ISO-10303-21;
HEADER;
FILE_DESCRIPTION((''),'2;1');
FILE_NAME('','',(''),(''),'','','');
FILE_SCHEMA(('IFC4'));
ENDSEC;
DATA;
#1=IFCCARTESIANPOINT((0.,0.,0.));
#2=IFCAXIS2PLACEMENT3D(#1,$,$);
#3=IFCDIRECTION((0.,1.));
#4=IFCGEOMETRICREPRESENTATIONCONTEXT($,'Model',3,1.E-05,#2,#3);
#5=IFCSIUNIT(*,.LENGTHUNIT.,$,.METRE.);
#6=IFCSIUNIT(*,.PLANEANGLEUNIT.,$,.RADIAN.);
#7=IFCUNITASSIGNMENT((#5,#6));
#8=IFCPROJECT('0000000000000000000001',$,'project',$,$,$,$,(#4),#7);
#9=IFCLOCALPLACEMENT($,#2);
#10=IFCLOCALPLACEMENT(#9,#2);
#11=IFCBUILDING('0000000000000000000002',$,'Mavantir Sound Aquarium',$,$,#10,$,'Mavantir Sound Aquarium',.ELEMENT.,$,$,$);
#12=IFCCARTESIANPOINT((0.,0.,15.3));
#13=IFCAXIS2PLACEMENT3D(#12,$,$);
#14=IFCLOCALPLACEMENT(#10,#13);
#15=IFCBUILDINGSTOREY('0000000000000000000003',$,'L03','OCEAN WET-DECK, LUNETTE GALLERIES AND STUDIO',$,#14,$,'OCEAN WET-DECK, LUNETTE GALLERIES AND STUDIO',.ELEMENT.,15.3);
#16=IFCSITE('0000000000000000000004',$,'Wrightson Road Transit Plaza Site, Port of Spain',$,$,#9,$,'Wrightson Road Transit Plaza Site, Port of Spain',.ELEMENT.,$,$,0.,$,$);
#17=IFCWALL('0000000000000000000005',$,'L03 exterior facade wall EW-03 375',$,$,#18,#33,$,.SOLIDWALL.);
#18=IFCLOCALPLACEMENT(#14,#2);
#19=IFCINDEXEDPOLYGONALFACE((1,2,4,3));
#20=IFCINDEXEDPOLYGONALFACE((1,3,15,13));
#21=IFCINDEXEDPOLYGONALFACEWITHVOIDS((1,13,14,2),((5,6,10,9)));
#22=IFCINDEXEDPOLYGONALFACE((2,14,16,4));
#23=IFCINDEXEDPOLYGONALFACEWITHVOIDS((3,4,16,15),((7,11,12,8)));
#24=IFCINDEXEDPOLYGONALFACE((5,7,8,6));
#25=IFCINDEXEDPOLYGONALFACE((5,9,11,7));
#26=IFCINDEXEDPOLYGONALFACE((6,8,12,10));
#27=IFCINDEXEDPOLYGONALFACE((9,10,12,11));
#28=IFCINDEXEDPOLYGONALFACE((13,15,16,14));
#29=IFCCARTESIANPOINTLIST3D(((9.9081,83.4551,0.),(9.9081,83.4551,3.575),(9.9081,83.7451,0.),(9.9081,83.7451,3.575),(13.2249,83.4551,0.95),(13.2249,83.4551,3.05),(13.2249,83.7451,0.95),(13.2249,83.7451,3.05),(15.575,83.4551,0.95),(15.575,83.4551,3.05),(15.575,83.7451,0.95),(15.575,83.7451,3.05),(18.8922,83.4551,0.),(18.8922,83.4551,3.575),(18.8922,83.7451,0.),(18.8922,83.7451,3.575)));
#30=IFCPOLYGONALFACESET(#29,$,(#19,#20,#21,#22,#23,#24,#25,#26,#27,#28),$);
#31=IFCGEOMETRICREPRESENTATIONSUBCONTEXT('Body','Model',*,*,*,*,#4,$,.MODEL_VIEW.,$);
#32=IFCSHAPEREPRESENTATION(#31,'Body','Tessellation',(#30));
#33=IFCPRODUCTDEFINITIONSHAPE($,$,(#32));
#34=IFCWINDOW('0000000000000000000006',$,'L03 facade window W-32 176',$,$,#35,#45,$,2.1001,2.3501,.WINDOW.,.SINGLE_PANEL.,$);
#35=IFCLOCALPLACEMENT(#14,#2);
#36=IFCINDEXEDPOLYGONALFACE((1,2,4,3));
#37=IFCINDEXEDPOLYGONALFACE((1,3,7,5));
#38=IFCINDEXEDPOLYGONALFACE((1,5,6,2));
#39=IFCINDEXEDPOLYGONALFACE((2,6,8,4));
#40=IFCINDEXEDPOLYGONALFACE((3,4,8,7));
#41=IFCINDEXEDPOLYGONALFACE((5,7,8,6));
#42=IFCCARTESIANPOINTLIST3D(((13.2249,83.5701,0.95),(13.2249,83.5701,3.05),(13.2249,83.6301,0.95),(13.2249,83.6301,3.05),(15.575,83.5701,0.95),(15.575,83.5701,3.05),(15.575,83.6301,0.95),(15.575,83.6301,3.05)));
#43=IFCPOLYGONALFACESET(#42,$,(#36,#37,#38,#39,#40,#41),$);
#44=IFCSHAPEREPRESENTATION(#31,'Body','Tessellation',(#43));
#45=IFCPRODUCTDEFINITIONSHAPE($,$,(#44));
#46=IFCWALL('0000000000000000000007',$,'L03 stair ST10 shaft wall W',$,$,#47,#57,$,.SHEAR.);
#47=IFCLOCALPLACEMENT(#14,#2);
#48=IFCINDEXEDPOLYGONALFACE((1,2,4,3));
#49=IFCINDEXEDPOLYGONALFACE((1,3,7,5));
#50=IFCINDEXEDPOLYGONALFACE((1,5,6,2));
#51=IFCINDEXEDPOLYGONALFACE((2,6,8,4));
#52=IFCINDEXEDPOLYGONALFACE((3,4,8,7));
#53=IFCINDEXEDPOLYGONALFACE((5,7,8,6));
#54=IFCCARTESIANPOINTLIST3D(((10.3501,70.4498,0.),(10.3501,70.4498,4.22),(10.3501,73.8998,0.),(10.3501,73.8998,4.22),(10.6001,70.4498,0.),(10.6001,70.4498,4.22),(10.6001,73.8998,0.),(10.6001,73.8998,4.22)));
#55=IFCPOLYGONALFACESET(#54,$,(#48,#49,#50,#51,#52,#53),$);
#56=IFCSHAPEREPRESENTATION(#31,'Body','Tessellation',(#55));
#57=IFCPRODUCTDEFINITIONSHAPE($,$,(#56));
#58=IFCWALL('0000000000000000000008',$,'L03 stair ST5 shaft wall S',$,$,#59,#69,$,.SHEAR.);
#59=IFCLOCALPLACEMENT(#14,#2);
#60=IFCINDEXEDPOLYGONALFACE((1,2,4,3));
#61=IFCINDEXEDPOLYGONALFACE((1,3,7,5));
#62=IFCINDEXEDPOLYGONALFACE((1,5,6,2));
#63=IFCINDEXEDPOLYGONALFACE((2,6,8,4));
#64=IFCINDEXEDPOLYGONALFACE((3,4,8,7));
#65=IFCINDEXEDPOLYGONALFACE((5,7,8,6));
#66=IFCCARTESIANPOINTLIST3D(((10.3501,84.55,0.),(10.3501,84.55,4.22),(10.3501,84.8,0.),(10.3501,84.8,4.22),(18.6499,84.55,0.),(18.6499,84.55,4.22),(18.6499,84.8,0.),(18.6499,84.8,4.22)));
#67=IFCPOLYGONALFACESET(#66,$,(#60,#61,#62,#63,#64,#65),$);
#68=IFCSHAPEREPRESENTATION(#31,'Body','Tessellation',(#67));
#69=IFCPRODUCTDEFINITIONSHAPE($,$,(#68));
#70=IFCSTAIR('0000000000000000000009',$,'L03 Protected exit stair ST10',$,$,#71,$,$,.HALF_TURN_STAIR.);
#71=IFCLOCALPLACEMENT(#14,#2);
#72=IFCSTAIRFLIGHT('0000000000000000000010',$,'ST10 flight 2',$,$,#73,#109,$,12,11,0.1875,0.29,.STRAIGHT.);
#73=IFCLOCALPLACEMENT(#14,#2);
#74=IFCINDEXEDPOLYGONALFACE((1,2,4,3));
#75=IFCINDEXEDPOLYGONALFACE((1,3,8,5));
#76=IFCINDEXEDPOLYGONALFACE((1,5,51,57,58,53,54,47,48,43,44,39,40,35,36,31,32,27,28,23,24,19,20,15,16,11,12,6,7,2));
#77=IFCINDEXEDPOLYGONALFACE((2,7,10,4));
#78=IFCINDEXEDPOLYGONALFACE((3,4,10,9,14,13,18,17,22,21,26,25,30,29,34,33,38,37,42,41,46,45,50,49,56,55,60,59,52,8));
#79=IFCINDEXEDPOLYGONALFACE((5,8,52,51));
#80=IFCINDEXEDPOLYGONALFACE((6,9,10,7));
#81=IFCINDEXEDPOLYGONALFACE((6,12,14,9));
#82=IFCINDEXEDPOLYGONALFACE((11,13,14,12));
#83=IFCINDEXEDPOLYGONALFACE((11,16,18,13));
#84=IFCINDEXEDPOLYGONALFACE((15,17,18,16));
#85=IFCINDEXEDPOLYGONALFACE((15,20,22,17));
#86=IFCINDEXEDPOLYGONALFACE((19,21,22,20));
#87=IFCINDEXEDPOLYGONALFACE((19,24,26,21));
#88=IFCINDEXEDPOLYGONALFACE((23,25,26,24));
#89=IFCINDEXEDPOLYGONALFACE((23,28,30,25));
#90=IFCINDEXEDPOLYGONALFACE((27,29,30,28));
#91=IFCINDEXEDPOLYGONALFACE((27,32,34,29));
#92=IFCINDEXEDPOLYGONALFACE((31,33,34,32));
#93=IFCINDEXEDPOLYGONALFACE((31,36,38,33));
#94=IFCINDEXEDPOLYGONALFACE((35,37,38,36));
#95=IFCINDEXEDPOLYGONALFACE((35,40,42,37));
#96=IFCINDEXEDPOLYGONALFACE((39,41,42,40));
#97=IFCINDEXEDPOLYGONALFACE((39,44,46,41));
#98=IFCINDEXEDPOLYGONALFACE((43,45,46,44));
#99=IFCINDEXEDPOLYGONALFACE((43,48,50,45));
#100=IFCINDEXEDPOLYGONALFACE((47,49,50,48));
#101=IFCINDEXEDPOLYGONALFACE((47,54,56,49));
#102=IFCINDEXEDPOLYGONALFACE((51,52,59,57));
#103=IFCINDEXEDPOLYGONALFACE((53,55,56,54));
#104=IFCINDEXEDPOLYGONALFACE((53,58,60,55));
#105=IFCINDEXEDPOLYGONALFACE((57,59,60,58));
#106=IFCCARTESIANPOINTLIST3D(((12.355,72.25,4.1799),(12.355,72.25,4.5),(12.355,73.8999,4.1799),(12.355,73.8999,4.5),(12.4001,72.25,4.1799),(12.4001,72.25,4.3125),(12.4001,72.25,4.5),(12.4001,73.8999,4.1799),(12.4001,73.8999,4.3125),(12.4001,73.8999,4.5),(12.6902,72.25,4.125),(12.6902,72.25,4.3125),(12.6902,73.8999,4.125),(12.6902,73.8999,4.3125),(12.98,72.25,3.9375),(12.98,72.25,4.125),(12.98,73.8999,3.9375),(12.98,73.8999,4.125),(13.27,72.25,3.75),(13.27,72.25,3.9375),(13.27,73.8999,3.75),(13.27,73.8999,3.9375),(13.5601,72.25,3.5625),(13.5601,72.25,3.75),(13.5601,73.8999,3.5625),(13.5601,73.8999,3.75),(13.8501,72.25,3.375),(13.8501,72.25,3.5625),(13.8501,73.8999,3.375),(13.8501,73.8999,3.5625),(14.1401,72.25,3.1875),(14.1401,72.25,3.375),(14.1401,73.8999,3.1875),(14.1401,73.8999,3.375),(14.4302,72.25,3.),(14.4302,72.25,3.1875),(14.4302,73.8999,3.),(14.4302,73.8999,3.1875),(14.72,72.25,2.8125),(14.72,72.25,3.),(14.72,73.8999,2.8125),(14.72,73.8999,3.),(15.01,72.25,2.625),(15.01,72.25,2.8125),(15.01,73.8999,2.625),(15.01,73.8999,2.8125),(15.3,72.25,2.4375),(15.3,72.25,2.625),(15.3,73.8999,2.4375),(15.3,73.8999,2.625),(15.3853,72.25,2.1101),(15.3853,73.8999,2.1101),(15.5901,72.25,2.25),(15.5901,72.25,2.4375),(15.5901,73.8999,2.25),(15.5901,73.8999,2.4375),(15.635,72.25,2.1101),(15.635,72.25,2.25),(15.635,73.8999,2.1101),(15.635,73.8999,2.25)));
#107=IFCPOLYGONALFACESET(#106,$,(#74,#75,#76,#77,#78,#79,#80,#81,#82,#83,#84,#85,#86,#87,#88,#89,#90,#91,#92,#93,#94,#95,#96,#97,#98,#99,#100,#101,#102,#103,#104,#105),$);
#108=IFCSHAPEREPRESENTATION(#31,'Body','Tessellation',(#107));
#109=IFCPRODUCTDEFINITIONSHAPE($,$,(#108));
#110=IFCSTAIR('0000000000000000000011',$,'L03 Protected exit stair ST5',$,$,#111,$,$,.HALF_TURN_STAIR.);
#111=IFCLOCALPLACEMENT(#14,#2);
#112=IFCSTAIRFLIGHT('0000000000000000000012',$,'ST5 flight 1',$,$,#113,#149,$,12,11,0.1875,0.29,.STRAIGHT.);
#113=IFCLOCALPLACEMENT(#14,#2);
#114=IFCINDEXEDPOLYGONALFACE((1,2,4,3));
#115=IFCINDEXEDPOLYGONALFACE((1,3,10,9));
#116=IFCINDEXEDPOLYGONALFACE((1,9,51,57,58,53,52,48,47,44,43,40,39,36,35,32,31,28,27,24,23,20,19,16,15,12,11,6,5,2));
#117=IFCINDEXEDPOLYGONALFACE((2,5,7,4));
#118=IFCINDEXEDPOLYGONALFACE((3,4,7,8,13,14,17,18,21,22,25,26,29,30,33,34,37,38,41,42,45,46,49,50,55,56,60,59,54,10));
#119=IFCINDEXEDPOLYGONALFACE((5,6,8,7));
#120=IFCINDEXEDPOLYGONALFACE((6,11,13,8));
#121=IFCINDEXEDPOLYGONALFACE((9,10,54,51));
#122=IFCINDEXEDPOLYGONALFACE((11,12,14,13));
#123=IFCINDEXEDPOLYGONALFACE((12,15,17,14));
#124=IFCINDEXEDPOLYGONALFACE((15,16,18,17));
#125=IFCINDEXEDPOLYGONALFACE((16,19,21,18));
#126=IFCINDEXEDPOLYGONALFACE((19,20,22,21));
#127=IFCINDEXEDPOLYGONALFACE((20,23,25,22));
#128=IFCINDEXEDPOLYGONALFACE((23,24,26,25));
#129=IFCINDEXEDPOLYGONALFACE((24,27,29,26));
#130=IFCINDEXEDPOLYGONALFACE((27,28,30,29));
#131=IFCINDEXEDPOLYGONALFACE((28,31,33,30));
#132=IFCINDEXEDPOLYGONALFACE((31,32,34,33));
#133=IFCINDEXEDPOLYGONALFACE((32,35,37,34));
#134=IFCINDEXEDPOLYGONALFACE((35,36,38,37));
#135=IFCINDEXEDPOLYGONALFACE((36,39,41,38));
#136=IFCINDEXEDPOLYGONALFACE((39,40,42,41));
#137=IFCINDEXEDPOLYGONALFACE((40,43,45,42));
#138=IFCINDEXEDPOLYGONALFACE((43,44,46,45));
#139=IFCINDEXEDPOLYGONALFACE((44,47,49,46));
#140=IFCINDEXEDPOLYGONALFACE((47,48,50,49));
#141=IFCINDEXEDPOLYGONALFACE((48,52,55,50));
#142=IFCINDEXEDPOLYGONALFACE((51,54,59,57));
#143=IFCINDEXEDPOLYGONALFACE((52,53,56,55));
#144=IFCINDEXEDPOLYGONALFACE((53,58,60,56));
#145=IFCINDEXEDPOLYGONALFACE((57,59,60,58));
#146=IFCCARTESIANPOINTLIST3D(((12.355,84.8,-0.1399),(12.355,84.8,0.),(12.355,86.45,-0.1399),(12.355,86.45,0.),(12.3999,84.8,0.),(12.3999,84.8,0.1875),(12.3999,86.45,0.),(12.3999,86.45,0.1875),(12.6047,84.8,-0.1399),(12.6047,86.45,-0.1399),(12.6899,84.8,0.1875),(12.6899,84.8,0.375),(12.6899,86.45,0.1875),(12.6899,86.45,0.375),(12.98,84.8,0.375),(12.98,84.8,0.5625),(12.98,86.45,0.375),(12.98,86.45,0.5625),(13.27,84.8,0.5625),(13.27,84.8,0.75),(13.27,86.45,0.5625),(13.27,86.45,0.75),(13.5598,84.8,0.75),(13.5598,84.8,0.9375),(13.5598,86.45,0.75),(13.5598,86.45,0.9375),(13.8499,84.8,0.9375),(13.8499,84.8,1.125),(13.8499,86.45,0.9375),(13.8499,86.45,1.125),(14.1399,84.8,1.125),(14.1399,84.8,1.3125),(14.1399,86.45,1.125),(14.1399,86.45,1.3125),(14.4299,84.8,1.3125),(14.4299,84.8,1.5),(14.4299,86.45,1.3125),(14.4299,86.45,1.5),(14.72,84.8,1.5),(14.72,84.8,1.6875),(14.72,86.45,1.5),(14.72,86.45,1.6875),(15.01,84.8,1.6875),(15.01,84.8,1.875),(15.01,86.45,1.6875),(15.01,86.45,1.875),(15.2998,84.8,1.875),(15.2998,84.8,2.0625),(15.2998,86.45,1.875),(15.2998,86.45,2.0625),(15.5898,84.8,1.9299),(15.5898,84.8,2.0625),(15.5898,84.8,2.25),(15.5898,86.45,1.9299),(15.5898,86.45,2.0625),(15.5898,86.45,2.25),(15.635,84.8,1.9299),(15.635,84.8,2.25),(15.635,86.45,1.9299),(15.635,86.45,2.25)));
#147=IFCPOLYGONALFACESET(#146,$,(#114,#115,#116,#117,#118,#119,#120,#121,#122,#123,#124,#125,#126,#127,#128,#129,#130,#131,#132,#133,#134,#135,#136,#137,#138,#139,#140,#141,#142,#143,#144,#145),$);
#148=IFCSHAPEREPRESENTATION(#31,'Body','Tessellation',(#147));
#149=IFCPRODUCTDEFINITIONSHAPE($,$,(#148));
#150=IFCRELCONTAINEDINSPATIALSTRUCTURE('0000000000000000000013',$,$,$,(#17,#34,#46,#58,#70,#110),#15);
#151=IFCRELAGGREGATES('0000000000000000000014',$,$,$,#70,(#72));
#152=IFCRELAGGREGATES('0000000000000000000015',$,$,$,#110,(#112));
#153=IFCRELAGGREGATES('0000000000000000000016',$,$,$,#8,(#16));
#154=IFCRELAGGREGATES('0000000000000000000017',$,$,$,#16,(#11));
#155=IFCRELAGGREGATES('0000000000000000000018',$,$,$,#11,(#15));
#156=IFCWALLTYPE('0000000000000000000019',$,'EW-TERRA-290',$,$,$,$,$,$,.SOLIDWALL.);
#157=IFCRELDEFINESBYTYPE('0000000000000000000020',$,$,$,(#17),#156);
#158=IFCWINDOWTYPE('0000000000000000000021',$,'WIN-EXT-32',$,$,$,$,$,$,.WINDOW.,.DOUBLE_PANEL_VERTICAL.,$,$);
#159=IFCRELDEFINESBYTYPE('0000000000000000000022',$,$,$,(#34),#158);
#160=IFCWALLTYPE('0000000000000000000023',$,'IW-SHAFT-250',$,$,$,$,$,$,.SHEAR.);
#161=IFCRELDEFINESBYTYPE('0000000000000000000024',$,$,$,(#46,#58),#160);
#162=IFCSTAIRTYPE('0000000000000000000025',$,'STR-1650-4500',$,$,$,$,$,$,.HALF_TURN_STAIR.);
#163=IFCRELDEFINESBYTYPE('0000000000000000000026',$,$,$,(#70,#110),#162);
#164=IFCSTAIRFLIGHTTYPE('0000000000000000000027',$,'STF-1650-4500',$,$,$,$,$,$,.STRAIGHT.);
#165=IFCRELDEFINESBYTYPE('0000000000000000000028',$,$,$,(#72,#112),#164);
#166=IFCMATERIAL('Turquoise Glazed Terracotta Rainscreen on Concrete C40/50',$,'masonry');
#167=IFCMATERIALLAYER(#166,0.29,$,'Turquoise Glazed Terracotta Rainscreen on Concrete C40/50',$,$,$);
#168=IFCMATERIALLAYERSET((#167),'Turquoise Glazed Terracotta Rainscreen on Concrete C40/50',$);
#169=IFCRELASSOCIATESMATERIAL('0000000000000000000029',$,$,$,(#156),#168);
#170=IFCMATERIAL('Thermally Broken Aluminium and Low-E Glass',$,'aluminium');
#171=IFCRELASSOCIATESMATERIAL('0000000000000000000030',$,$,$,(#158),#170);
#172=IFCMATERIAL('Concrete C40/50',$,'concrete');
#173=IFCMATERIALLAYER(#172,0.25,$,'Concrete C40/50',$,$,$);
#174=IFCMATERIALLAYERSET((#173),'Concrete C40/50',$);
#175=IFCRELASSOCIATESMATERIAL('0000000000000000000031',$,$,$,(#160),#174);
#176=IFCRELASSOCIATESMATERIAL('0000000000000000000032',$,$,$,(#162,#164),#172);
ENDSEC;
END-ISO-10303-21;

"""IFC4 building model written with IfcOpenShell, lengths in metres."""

from ifc_helpers import new_model, si_unit, direction, frame, frame_2d, origin, place, context, subcontext, project, spatial, polyline, rectangle, outline, extrude, material, layer, layer_set, type_object, element, fill, aggregate, save


model = new_model("IFC4")

# Units and contexts
model_context = context("Model", 3, precision=1e-05, world=origin(), true_north=direction((0.0, 1.0)))
body_context = subcontext(model_context, "Body", "Model", "MODEL_VIEW")
ifc_project = project(units=[si_unit("LENGTHUNIT", "METRE"), si_unit("PLANEANGLEUNIT", "RADIAN")], contexts=[model_context])

# Site, building, storey
site_placement = place(None, origin())
site = spatial("IfcSite", under=ifc_project, at=site_placement, Name="Wrightson Road Transit Plaza Site, Port of Spain", LongName="Wrightson Road Transit Plaza Site, Port of Spain", CompositionType="ELEMENT", RefElevation=0.0)
building_placement = place(site_placement, origin())
building = spatial("IfcBuilding", under=site, at=building_placement, Name="Mavantir Sound Aquarium", LongName="Mavantir Sound Aquarium", CompositionType="ELEMENT")
storey_placement = place(building_placement, frame((0.0, 0.0, 15.3)))
storey = spatial("IfcBuildingStorey", under=building, at=storey_placement, Name="L03", Description="OCEAN WET-DECK, LUNETTE GALLERIES AND STUDIO", LongName="OCEAN WET-DECK, LUNETTE GALLERIES AND STUDIO", CompositionType="ELEMENT", Elevation=15.3)

# Shared definitions
ifc_material_1 = material(Name="Concrete C40/50", Category="concrete")

# Wall, opening, window
ifc_material_2 = material(Name="Thermally Broken Aluminium and Low-E Glass", Category="aluminium")
ifc_material_3 = material(Name="Turquoise Glazed Terracotta Rainscreen on Concrete C40/50", Category="masonry")
ifc_layer_1 = layer(ifc_material_3, 0.29, Name="Turquoise Glazed Terracotta Rainscreen on Concrete C40/50")
ifc_layer_set_1 = layer_set([ifc_layer_1], Name="Turquoise Glazed Terracotta Rainscreen on Concrete C40/50")
wall_type_1 = type_object("IfcWallType", Name="EW-TERRA-290", PredefinedType="SOLIDWALL", material=ifc_layer_set_1)
wall_1_placement = place(storey_placement, frame((9.908, 83.6001, 0.0), z_axis=(0.0, 0.0, 1.0), x_axis=(1.0, 0.0, 0.0)))
wall_1 = element("IfcWall", 1, at=wall_1_placement, inside=storey, type_object=wall_type_1, Name="L03 exterior facade wall EW-03 375", PredefinedType="SOLIDWALL", context=body_context, shape_type="SweptSolid", body=[
    extrude(rectangle(XDim=8.9841, YDim=0.29, at=frame_2d((4.4922, 0.0))), origin(), (0.0, 0.0, 1.0), 3.575),
])
opening_1_placement = place(wall_1_placement, frame((3.3169, 0.0, 0.95)))
opening_1 = element("IfcOpeningElement", 2, at=opening_1_placement, cuts=wall_1, PredefinedType="OPENING", context=body_context, shape_type="SweptSolid", body=[
    extrude(rectangle(XDim=2.3501, YDim=2.1001, at=frame_2d((1.175, 1.05))), frame((0.0, 0.155, 0.0), z_axis=(0.0, -1.0, 0.0), x_axis=(1.0, 0.0, 0.0)), (0.0, 0.0, 1.0), 0.3101),
])
window_type_1 = type_object("IfcWindowType", Name="WIN-EXT-32", PartitioningType="DOUBLE_PANEL_VERTICAL", PredefinedType="WINDOW", material=ifc_material_2)
window_1_placement = place(opening_1_placement, origin())
window_1 = element("IfcWindow", 3, at=window_1_placement, inside=storey, type_object=window_type_1, Name="L03 facade window W-32 176", OverallHeight=2.1001, OverallWidth=2.3501, PartitioningType="SINGLE_PANEL", PredefinedType="WINDOW", context=body_context, shape_type="SweptSolid", body=[
    extrude(rectangle(XDim=2.3501, YDim=2.1001, at=frame_2d((1.175, 1.05))), frame((0.0, 0.03, 0.0), z_axis=(0.0, -1.0, 0.0), x_axis=(1.0, 0.0, 0.0)), (0.0, 0.0, 1.0), 0.0601),
])
fill(opening_1, window_1)

# Walls
ifc_layer_2 = layer(ifc_material_1, 0.25, Name="Concrete C40/50")
ifc_layer_set_2 = layer_set([ifc_layer_2], Name="Concrete C40/50")
wall_type_2 = type_object("IfcWallType", Name="IW-SHAFT-250", PredefinedType="SHEAR", material=ifc_layer_set_2)
wall_2_placement = place(storey_placement, frame((10.4751, 73.8999, 0.0), z_axis=(0.0, 0.0, 1.0), x_axis=(0.0, -1.0, 0.0)))
element("IfcWall", 4, at=wall_2_placement, inside=storey, type_object=wall_type_2, Name="L03 stair ST10 shaft wall W", PredefinedType="SHEAR", context=body_context, shape_type="SweptSolid", body=[
    extrude(rectangle(XDim=3.45, YDim=0.25, at=frame_2d((1.7251, 0.0))), origin(), (0.0, 0.0, 1.0), 4.22),
])
wall_3_placement = place(storey_placement, frame((10.3501, 84.675, 0.0), z_axis=(0.0, 0.0, 1.0), x_axis=(1.0, 0.0, 0.0)))
element("IfcWall", 5, at=wall_3_placement, inside=storey, type_object=wall_type_2, Name="L03 stair ST5 shaft wall S", PredefinedType="SHEAR", context=body_context, shape_type="SweptSolid", body=[
    extrude(rectangle(XDim=8.2998, YDim=0.25, at=frame_2d((4.1499, 0.0))), origin(), (0.0, 0.0, 1.0), 4.22),
])

# Stairs, stair flights
stair_type = type_object("IfcStairType", Name="STR-1650-4500", PredefinedType="HALF_TURN_STAIR", material=ifc_material_1)
stair_1_placement = place(storey_placement, origin())
stair_1 = element("IfcStair", 6, at=stair_1_placement, inside=storey, type_object=stair_type, Name="L03 Protected exit stair ST10", PredefinedType="HALF_TURN_STAIR")
stair_flight_type = type_object("IfcStairFlightType", Name="STF-1650-4500", PredefinedType="STRAIGHT", material=ifc_material_1)
stair_flight_1_placement = place(storey_placement, frame((15.5901, 73.075, 2.25), z_axis=(0.0, 0.0, 1.0), x_axis=(-1.0, 0.0, 0.0)))
stair_flight_1 = element("IfcStairFlight", 7, at=stair_flight_1_placement, type_object=stair_flight_type, Name="ST10 flight 2", NumberOfRisers=12, NumberOfTreads=11, PredefinedType="STRAIGHT", RiserHeight=0.1875, TreadLength=0.29, context=body_context, shape_type="SweptSolid", body=[
    extrude(outline(polyline([(-0.0449, -0.1399), (-0.0449, 0.0), (0.0, 0.0), (0.0, 0.1875), (0.29, 0.1875), (0.29, 0.375), (0.5801, 0.375), (0.5801, 0.5625), (0.8701, 0.5625), (0.8701, 0.75), (1.1599, 0.75), (1.1599, 0.9375), (1.45, 0.9375), (1.45, 1.125), (1.74, 1.125), (1.74, 1.3125), (2.03, 1.3125), (2.03, 1.5), (2.3201, 1.5), (2.3201, 1.6875), (2.6101, 1.6875), (2.6101, 1.875), (2.8999, 1.875), (2.8999, 2.0625), (3.1899, 2.0625), (3.1899, 2.25), (3.2351, 2.25), (3.2351, 1.9299), (3.1899, 1.9299), (0.2048, -0.1399), (-0.0449, -0.1399)])), frame((0.0, 0.825, 0.0), z_axis=(0.0, -1.0, 0.0), x_axis=(1.0, 0.0, 0.0)), (0.0, 0.0, 1.0), 1.6499),
])
aggregate(stair_1, [stair_flight_1])
stair_2_placement = place(storey_placement, origin())
stair_2 = element("IfcStair", 8, at=stair_2_placement, inside=storey, type_object=stair_type, Name="L03 Protected exit stair ST5", PredefinedType="HALF_TURN_STAIR")
stair_flight_2_placement = place(storey_placement, frame((12.3999, 85.625, 0.0), z_axis=(0.0, 0.0, 1.0), x_axis=(1.0, 0.0, 0.0)))
stair_flight_2 = element("IfcStairFlight", 9, at=stair_flight_2_placement, type_object=stair_flight_type, Name="ST5 flight 1", NumberOfRisers=12, NumberOfTreads=11, PredefinedType="STRAIGHT", RiserHeight=0.1875, TreadLength=0.29, context=body_context, shape_type="SweptSolid", body=[
    extrude(outline(polyline([(-0.0449, -0.1399), (-0.0449, 0.0), (0.0, 0.0), (0.0, 0.1875), (0.29, 0.1875), (0.29, 0.375), (0.5801, 0.375), (0.5801, 0.5625), (0.8701, 0.5625), (0.8701, 0.75), (1.1599, 0.75), (1.1599, 0.9375), (1.45, 0.9375), (1.45, 1.125), (1.74, 1.125), (1.74, 1.3125), (2.03, 1.3125), (2.03, 1.5), (2.3201, 1.5), (2.3201, 1.6875), (2.6101, 1.6875), (2.6101, 1.875), (2.8999, 1.875), (2.8999, 2.0625), (3.1899, 2.0625), (3.1899, 2.25), (3.2351, 2.25), (3.2351, 1.9299), (3.1899, 1.9299), (0.2048, -0.1399), (-0.0449, -0.1399)])), frame((0.0, 0.825, 0.0), z_axis=(0.0, -1.0, 0.0), x_axis=(1.0, 0.0, 0.0)), (0.0, 0.0, 1.0), 1.6499),
])
aggregate(stair_2, [stair_flight_2])

save(model, "model.ifc")
